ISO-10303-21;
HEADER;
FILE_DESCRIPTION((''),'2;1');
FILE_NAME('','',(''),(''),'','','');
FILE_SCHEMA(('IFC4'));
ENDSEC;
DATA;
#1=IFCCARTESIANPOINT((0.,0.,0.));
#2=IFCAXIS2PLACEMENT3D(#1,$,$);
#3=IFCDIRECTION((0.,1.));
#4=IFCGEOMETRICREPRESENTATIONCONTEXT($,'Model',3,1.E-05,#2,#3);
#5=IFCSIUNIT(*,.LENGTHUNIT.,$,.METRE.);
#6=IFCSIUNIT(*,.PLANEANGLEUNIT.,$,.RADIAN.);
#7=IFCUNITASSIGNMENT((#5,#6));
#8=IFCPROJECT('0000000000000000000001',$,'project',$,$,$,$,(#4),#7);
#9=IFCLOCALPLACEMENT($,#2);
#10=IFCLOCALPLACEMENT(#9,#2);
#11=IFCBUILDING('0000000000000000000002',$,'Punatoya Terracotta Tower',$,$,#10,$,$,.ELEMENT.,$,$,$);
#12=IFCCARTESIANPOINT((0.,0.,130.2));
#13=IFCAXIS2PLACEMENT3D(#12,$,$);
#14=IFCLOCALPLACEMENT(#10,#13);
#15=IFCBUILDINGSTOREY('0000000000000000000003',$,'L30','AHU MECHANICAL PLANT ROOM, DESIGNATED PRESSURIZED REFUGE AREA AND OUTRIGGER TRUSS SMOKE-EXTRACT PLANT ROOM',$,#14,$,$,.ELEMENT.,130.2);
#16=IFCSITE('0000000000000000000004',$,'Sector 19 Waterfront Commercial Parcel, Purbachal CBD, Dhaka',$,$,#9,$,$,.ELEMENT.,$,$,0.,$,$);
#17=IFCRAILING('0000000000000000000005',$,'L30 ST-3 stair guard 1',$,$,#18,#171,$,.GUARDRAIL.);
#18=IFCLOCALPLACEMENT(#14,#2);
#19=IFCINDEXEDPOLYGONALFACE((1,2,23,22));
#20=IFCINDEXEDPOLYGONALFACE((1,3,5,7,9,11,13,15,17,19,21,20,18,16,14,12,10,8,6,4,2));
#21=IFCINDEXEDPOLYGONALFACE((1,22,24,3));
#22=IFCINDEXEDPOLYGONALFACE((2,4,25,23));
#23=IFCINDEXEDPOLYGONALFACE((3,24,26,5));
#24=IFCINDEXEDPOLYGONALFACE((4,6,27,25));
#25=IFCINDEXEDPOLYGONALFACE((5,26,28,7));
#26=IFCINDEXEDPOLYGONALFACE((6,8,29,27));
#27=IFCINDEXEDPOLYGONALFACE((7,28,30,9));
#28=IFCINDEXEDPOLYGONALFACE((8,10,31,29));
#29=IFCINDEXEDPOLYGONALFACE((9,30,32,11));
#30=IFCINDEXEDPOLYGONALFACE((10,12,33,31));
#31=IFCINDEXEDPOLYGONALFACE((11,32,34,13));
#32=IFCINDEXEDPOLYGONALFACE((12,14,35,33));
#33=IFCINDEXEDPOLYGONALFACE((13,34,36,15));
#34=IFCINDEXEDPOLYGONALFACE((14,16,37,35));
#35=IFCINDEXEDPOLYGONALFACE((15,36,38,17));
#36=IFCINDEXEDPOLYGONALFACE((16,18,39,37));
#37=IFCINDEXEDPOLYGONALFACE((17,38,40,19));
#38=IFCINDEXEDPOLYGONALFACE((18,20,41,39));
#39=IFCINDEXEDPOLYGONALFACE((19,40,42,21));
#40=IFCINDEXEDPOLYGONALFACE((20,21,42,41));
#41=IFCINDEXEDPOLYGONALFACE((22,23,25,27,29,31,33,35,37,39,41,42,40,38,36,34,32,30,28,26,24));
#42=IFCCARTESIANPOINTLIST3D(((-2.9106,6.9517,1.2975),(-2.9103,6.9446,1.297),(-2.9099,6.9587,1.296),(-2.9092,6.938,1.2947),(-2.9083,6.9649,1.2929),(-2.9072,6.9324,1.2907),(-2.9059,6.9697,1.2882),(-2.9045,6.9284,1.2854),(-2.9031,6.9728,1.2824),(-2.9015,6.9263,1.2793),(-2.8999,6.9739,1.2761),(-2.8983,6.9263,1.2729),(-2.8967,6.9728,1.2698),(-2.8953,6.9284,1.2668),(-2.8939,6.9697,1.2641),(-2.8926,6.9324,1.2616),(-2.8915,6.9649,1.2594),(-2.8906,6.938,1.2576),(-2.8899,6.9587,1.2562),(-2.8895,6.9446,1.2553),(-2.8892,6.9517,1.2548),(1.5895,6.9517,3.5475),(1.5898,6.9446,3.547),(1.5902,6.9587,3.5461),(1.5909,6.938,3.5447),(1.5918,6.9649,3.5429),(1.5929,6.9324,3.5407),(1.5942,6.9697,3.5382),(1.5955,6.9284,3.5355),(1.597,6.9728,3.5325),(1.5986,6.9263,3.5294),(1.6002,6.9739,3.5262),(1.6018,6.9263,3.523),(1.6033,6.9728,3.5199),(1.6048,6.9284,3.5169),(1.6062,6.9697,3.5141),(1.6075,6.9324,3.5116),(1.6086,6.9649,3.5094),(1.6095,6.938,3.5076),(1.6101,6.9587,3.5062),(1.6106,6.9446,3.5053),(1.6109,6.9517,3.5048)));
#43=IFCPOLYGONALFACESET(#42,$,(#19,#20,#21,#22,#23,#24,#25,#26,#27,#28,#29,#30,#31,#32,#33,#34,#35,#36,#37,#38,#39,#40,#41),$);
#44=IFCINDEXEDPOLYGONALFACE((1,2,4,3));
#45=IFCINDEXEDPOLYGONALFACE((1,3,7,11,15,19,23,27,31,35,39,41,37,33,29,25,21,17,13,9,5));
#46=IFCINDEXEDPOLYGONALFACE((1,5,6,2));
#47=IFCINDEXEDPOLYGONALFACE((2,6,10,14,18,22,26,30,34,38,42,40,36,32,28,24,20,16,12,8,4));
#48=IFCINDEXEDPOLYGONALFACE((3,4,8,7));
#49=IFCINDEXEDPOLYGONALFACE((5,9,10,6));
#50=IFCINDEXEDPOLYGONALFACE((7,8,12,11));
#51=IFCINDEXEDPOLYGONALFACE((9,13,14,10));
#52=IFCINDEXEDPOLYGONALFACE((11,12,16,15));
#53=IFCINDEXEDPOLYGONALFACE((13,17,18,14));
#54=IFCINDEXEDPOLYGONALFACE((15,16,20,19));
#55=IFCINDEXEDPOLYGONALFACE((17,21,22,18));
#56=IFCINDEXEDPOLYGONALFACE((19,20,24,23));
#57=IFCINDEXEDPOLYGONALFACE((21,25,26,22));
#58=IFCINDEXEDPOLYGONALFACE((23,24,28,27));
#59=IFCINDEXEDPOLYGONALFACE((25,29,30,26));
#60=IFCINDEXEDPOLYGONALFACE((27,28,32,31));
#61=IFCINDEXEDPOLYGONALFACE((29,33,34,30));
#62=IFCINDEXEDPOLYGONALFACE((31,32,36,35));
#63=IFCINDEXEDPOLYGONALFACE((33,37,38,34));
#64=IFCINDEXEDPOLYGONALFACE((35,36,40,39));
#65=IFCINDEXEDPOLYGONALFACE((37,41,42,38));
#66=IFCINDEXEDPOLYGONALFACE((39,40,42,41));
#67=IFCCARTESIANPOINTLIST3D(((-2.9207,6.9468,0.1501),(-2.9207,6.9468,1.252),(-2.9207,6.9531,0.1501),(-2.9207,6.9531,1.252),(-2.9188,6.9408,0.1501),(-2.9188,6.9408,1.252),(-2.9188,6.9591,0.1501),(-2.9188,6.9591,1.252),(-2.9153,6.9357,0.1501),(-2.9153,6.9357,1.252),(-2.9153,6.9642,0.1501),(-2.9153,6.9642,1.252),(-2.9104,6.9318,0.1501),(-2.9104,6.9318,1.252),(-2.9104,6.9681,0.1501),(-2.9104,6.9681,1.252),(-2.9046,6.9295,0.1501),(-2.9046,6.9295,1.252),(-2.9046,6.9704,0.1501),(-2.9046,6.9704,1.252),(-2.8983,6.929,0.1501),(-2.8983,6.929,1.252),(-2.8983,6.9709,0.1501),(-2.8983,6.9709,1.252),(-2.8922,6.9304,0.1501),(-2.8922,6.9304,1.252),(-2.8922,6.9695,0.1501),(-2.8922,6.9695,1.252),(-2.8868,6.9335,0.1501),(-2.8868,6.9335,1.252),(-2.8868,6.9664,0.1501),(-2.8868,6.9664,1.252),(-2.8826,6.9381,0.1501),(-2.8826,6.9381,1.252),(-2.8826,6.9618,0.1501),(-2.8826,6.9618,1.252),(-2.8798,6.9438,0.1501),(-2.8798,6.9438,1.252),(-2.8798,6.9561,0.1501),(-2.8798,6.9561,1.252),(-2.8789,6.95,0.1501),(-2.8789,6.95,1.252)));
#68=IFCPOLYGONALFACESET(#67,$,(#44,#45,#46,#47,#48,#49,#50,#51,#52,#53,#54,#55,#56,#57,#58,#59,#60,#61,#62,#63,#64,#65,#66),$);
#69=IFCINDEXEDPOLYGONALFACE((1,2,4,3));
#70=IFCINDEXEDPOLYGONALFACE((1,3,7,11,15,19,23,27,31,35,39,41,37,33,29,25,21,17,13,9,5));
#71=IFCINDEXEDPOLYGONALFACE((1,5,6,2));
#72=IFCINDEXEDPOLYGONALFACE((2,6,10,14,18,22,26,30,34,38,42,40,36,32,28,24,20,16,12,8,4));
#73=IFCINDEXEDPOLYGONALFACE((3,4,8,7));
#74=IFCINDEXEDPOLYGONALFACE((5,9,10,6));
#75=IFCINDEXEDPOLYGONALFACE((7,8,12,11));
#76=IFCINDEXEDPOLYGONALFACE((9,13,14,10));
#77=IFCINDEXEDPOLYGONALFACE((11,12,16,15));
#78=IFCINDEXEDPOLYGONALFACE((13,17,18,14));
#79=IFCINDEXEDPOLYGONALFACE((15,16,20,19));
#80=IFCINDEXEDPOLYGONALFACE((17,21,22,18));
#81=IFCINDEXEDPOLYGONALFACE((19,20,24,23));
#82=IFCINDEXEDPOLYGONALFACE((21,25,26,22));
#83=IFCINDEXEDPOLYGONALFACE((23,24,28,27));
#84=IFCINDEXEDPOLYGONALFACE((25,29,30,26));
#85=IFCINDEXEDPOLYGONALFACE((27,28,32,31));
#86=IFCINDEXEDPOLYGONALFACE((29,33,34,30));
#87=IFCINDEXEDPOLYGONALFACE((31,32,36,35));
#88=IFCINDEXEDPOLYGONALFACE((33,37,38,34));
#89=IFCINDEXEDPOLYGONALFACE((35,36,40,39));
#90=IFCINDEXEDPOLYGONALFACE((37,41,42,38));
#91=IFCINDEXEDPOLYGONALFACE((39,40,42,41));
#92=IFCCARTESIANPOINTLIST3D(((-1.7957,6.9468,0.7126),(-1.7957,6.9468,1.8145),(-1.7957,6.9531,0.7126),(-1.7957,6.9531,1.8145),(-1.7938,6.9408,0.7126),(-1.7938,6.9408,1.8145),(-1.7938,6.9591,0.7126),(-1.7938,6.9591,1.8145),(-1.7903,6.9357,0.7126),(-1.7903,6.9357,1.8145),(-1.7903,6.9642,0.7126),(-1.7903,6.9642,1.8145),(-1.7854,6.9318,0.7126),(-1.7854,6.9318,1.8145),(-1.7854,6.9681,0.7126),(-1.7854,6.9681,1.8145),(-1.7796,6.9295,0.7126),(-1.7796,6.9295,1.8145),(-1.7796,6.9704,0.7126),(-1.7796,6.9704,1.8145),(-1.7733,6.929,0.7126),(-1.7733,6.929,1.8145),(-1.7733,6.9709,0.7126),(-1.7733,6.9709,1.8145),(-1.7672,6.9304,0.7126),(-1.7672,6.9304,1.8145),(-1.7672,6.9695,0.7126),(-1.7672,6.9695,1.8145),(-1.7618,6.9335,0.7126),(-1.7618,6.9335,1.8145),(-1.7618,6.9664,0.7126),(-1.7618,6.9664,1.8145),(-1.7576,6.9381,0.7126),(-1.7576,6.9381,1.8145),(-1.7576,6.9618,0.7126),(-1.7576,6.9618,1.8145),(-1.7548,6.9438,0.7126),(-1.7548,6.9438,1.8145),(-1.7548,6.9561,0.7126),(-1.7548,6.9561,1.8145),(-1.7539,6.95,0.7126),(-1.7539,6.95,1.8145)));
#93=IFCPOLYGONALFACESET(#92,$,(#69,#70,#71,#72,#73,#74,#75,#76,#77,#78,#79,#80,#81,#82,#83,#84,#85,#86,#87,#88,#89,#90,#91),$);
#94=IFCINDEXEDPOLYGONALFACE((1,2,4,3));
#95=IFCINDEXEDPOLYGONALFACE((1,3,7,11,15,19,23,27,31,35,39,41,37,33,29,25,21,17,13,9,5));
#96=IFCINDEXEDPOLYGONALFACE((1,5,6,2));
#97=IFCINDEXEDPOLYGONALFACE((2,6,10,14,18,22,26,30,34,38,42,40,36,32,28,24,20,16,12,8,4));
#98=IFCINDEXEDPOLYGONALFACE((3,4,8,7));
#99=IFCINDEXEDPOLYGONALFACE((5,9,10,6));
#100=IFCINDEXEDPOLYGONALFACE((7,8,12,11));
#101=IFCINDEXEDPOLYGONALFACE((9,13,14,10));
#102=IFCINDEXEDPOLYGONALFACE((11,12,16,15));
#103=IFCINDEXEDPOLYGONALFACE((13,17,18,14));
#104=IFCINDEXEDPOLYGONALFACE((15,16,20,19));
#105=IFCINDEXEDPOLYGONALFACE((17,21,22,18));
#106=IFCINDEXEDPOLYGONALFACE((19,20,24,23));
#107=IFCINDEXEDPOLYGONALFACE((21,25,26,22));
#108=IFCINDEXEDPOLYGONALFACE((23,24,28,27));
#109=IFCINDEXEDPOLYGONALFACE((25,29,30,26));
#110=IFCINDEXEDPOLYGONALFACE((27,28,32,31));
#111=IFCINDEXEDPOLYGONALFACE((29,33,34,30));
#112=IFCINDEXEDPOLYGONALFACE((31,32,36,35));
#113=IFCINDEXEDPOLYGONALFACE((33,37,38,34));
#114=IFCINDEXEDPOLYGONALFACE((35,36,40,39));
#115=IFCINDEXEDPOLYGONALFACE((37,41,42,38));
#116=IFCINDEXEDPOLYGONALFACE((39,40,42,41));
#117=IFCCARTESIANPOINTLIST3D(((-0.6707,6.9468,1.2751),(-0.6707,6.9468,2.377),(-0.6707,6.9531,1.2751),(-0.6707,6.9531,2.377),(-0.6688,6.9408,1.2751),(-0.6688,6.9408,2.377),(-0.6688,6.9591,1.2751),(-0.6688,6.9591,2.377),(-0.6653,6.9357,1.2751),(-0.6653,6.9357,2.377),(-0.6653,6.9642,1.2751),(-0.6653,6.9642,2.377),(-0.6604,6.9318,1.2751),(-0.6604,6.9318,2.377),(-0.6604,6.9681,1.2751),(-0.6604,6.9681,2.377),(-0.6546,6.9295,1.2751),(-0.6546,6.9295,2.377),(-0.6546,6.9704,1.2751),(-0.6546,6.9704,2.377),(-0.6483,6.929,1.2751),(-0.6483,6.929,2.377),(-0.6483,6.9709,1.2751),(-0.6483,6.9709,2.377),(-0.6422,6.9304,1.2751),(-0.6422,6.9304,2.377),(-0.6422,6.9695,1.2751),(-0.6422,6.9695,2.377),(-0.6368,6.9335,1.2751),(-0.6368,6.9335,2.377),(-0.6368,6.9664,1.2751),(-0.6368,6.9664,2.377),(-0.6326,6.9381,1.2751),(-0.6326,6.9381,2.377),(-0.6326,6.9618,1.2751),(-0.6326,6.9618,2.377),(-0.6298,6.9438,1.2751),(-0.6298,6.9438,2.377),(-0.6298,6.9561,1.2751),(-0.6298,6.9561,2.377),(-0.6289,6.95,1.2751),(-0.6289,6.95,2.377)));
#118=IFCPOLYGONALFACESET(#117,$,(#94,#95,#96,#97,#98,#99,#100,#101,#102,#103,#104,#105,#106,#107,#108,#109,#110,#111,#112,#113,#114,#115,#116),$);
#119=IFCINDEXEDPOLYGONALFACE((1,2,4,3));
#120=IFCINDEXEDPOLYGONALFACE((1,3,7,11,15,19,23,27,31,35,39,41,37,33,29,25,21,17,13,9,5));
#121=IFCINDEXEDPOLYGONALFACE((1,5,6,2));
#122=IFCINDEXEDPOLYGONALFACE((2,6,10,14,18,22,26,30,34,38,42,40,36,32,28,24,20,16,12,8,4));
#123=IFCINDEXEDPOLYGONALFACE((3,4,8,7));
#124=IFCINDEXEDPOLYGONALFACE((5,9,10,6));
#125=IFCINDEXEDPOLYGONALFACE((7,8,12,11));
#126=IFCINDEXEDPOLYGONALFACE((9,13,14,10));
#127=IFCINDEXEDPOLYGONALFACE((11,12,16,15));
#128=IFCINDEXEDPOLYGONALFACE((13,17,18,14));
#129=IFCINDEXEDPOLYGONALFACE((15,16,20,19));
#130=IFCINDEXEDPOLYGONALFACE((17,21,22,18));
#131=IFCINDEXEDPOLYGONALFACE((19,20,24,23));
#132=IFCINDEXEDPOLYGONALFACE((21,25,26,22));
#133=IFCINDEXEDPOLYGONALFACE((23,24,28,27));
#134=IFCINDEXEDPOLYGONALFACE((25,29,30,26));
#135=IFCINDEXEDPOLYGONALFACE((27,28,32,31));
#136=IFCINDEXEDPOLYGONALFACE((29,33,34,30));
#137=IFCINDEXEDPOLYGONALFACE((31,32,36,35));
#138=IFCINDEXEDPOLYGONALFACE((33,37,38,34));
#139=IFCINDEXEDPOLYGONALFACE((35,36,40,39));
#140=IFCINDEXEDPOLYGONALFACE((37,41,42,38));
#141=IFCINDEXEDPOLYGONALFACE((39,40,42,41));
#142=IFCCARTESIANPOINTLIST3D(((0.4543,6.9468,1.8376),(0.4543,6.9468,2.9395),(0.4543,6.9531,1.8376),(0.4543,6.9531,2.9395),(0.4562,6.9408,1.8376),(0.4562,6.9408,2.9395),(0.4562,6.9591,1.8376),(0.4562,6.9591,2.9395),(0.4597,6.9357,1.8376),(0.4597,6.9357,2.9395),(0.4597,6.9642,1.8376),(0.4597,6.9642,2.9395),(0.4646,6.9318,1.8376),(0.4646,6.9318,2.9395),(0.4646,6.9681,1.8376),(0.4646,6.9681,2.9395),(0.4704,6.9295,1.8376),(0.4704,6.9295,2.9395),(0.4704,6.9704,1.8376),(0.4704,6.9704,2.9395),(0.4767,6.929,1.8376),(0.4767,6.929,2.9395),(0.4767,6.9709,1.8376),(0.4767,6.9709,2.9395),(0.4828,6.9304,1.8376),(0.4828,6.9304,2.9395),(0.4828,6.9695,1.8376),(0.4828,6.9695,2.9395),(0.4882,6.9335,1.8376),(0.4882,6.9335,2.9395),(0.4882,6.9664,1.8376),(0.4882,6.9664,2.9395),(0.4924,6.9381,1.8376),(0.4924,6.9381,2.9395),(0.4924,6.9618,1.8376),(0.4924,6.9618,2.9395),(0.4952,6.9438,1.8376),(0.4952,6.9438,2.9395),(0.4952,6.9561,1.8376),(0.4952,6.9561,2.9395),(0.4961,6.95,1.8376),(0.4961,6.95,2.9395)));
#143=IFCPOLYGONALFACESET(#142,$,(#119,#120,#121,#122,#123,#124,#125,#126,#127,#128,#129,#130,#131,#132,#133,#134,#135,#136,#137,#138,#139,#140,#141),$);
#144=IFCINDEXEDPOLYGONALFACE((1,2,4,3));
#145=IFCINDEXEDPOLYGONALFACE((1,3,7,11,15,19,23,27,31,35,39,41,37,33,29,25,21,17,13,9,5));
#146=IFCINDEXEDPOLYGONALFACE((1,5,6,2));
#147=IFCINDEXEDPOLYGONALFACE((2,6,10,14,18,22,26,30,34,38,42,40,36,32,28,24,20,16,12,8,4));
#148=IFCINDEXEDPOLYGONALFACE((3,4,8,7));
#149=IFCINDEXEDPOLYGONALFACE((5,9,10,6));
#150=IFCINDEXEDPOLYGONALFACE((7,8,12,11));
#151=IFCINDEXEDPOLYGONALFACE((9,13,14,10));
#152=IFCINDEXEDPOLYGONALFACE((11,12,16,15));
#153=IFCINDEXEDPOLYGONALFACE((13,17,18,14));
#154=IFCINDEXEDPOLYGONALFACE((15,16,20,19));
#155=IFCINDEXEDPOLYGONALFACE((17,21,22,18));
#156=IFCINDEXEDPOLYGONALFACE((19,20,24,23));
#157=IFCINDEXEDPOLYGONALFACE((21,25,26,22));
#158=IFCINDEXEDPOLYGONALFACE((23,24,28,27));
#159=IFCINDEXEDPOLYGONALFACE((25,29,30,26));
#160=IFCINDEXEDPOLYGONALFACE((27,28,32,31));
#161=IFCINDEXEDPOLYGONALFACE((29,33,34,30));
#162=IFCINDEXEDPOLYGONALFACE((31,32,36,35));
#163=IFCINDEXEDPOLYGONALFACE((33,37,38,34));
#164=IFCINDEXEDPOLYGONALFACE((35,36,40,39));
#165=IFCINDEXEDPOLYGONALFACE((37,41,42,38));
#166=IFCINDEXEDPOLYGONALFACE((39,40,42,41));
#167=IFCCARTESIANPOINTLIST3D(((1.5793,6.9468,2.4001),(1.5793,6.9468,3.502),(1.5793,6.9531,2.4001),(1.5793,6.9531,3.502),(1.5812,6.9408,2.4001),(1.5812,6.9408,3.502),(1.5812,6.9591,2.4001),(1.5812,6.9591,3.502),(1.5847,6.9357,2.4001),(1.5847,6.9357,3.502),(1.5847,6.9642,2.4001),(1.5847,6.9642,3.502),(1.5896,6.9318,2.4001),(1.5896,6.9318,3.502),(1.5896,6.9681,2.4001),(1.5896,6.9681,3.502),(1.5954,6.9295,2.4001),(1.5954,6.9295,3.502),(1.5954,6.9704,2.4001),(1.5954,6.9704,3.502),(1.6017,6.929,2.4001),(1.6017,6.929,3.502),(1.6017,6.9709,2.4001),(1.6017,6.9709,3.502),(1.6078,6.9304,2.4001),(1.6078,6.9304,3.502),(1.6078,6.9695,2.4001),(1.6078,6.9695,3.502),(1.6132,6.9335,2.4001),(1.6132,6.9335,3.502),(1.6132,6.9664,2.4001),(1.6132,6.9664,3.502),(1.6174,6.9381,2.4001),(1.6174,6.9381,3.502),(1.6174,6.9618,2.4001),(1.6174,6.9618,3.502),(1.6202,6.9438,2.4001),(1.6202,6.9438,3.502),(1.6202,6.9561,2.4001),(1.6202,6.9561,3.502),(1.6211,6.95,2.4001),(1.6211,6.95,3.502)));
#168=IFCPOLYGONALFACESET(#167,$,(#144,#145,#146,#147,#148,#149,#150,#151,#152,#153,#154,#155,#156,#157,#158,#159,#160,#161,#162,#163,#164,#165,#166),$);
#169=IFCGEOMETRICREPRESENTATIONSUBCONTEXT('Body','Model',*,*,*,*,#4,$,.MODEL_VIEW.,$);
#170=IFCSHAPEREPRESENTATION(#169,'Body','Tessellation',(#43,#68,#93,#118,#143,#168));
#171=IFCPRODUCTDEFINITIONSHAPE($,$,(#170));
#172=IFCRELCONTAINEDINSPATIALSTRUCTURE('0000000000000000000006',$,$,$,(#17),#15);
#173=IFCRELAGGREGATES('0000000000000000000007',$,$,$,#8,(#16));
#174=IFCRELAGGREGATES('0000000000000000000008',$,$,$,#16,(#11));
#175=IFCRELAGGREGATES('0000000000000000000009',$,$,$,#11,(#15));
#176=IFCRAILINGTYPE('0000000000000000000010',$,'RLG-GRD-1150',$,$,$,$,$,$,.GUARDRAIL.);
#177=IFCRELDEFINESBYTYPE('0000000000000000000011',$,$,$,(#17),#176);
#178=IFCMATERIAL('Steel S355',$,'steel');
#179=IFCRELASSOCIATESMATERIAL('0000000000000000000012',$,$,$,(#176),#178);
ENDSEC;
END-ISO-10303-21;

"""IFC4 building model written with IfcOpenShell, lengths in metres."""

from ifc_helpers import new_model, si_unit, direction, frame, origin, origin_2d, place, context, subcontext, project, spatial, circle, extrude, material, type_object, element, save


model = new_model("IFC4")

# Units and contexts
model_context = context("Model", 3, precision=1e-05, world=origin(), true_north=direction((0.0, 1.0)))
body_context = subcontext(model_context, "Body", "Model", "MODEL_VIEW")
ifc_project = project(units=[si_unit("LENGTHUNIT", "METRE"), si_unit("PLANEANGLEUNIT", "RADIAN")], contexts=[model_context])

# Site, building, storey
site_placement = place(None, origin())
site = spatial("IfcSite", under=ifc_project, at=site_placement, Name="Sector 19 Waterfront Commercial Parcel, Purbachal CBD, Dhaka", CompositionType="ELEMENT", RefElevation=0.0)
building_placement = place(site_placement, origin())
building = spatial("IfcBuilding", under=site, at=building_placement, Name="Punatoya Terracotta Tower", CompositionType="ELEMENT")
storey_placement = place(building_placement, frame((0.0, 0.0, 130.2)))
storey = spatial("IfcBuildingStorey", under=building, at=storey_placement, Name="L30", Description="AHU MECHANICAL PLANT ROOM, DESIGNATED PRESSURIZED REFUGE AREA AND OUTRIGGER TRUSS SMOKE-EXTRACT PLANT ROOM", CompositionType="ELEMENT", Elevation=130.2)

# Shared definitions
ifc_material_1 = material(Name="Steel S355", Category="steel")

# Railing
railing_type = type_object("IfcRailingType", Name="RLG-GRD-1150", PredefinedType="GUARDRAIL", material=ifc_material_1)
railing_1_placement = place(storey_placement, frame((-2.8999, 6.95, 0.1501)))
element("IfcRailing", 1, at=railing_1_placement, inside=storey, type_object=railing_type, Name="L30 ST-3 stair guard 1", PredefinedType="GUARDRAIL", context=body_context, shape_type="SweptSolid", body=[
    extrude(circle(Radius=0.0239, at=origin_2d()), frame((0.0, 0.0, 1.126), z_axis=(0.894427, 0.0, 0.447214), x_axis=(0.0, 1.0, 0.0)), (0.0, 0.0, 1.0), 5.0312),
    extrude(circle(Radius=0.021, at=origin_2d()), origin(), (0.0, 0.0, 1.0), 1.1018),
    extrude(circle(Radius=0.021, at=origin_2d()), frame((1.125, 0.0, 0.5625)), (0.0, 0.0, 1.0), 1.1018),
    extrude(circle(Radius=0.021, at=origin_2d()), frame((2.25, 0.0, 1.125)), (0.0, 0.0, 1.0), 1.1018),
    extrude(circle(Radius=0.021, at=origin_2d()), frame((3.375, 0.0, 1.6875)), (0.0, 0.0, 1.0), 1.1018),
    extrude(circle(Radius=0.021, at=origin_2d()), frame((4.5, 0.0, 2.25)), (0.0, 0.0, 1.0), 1.1018),
])

save(model, "model.ifc")
